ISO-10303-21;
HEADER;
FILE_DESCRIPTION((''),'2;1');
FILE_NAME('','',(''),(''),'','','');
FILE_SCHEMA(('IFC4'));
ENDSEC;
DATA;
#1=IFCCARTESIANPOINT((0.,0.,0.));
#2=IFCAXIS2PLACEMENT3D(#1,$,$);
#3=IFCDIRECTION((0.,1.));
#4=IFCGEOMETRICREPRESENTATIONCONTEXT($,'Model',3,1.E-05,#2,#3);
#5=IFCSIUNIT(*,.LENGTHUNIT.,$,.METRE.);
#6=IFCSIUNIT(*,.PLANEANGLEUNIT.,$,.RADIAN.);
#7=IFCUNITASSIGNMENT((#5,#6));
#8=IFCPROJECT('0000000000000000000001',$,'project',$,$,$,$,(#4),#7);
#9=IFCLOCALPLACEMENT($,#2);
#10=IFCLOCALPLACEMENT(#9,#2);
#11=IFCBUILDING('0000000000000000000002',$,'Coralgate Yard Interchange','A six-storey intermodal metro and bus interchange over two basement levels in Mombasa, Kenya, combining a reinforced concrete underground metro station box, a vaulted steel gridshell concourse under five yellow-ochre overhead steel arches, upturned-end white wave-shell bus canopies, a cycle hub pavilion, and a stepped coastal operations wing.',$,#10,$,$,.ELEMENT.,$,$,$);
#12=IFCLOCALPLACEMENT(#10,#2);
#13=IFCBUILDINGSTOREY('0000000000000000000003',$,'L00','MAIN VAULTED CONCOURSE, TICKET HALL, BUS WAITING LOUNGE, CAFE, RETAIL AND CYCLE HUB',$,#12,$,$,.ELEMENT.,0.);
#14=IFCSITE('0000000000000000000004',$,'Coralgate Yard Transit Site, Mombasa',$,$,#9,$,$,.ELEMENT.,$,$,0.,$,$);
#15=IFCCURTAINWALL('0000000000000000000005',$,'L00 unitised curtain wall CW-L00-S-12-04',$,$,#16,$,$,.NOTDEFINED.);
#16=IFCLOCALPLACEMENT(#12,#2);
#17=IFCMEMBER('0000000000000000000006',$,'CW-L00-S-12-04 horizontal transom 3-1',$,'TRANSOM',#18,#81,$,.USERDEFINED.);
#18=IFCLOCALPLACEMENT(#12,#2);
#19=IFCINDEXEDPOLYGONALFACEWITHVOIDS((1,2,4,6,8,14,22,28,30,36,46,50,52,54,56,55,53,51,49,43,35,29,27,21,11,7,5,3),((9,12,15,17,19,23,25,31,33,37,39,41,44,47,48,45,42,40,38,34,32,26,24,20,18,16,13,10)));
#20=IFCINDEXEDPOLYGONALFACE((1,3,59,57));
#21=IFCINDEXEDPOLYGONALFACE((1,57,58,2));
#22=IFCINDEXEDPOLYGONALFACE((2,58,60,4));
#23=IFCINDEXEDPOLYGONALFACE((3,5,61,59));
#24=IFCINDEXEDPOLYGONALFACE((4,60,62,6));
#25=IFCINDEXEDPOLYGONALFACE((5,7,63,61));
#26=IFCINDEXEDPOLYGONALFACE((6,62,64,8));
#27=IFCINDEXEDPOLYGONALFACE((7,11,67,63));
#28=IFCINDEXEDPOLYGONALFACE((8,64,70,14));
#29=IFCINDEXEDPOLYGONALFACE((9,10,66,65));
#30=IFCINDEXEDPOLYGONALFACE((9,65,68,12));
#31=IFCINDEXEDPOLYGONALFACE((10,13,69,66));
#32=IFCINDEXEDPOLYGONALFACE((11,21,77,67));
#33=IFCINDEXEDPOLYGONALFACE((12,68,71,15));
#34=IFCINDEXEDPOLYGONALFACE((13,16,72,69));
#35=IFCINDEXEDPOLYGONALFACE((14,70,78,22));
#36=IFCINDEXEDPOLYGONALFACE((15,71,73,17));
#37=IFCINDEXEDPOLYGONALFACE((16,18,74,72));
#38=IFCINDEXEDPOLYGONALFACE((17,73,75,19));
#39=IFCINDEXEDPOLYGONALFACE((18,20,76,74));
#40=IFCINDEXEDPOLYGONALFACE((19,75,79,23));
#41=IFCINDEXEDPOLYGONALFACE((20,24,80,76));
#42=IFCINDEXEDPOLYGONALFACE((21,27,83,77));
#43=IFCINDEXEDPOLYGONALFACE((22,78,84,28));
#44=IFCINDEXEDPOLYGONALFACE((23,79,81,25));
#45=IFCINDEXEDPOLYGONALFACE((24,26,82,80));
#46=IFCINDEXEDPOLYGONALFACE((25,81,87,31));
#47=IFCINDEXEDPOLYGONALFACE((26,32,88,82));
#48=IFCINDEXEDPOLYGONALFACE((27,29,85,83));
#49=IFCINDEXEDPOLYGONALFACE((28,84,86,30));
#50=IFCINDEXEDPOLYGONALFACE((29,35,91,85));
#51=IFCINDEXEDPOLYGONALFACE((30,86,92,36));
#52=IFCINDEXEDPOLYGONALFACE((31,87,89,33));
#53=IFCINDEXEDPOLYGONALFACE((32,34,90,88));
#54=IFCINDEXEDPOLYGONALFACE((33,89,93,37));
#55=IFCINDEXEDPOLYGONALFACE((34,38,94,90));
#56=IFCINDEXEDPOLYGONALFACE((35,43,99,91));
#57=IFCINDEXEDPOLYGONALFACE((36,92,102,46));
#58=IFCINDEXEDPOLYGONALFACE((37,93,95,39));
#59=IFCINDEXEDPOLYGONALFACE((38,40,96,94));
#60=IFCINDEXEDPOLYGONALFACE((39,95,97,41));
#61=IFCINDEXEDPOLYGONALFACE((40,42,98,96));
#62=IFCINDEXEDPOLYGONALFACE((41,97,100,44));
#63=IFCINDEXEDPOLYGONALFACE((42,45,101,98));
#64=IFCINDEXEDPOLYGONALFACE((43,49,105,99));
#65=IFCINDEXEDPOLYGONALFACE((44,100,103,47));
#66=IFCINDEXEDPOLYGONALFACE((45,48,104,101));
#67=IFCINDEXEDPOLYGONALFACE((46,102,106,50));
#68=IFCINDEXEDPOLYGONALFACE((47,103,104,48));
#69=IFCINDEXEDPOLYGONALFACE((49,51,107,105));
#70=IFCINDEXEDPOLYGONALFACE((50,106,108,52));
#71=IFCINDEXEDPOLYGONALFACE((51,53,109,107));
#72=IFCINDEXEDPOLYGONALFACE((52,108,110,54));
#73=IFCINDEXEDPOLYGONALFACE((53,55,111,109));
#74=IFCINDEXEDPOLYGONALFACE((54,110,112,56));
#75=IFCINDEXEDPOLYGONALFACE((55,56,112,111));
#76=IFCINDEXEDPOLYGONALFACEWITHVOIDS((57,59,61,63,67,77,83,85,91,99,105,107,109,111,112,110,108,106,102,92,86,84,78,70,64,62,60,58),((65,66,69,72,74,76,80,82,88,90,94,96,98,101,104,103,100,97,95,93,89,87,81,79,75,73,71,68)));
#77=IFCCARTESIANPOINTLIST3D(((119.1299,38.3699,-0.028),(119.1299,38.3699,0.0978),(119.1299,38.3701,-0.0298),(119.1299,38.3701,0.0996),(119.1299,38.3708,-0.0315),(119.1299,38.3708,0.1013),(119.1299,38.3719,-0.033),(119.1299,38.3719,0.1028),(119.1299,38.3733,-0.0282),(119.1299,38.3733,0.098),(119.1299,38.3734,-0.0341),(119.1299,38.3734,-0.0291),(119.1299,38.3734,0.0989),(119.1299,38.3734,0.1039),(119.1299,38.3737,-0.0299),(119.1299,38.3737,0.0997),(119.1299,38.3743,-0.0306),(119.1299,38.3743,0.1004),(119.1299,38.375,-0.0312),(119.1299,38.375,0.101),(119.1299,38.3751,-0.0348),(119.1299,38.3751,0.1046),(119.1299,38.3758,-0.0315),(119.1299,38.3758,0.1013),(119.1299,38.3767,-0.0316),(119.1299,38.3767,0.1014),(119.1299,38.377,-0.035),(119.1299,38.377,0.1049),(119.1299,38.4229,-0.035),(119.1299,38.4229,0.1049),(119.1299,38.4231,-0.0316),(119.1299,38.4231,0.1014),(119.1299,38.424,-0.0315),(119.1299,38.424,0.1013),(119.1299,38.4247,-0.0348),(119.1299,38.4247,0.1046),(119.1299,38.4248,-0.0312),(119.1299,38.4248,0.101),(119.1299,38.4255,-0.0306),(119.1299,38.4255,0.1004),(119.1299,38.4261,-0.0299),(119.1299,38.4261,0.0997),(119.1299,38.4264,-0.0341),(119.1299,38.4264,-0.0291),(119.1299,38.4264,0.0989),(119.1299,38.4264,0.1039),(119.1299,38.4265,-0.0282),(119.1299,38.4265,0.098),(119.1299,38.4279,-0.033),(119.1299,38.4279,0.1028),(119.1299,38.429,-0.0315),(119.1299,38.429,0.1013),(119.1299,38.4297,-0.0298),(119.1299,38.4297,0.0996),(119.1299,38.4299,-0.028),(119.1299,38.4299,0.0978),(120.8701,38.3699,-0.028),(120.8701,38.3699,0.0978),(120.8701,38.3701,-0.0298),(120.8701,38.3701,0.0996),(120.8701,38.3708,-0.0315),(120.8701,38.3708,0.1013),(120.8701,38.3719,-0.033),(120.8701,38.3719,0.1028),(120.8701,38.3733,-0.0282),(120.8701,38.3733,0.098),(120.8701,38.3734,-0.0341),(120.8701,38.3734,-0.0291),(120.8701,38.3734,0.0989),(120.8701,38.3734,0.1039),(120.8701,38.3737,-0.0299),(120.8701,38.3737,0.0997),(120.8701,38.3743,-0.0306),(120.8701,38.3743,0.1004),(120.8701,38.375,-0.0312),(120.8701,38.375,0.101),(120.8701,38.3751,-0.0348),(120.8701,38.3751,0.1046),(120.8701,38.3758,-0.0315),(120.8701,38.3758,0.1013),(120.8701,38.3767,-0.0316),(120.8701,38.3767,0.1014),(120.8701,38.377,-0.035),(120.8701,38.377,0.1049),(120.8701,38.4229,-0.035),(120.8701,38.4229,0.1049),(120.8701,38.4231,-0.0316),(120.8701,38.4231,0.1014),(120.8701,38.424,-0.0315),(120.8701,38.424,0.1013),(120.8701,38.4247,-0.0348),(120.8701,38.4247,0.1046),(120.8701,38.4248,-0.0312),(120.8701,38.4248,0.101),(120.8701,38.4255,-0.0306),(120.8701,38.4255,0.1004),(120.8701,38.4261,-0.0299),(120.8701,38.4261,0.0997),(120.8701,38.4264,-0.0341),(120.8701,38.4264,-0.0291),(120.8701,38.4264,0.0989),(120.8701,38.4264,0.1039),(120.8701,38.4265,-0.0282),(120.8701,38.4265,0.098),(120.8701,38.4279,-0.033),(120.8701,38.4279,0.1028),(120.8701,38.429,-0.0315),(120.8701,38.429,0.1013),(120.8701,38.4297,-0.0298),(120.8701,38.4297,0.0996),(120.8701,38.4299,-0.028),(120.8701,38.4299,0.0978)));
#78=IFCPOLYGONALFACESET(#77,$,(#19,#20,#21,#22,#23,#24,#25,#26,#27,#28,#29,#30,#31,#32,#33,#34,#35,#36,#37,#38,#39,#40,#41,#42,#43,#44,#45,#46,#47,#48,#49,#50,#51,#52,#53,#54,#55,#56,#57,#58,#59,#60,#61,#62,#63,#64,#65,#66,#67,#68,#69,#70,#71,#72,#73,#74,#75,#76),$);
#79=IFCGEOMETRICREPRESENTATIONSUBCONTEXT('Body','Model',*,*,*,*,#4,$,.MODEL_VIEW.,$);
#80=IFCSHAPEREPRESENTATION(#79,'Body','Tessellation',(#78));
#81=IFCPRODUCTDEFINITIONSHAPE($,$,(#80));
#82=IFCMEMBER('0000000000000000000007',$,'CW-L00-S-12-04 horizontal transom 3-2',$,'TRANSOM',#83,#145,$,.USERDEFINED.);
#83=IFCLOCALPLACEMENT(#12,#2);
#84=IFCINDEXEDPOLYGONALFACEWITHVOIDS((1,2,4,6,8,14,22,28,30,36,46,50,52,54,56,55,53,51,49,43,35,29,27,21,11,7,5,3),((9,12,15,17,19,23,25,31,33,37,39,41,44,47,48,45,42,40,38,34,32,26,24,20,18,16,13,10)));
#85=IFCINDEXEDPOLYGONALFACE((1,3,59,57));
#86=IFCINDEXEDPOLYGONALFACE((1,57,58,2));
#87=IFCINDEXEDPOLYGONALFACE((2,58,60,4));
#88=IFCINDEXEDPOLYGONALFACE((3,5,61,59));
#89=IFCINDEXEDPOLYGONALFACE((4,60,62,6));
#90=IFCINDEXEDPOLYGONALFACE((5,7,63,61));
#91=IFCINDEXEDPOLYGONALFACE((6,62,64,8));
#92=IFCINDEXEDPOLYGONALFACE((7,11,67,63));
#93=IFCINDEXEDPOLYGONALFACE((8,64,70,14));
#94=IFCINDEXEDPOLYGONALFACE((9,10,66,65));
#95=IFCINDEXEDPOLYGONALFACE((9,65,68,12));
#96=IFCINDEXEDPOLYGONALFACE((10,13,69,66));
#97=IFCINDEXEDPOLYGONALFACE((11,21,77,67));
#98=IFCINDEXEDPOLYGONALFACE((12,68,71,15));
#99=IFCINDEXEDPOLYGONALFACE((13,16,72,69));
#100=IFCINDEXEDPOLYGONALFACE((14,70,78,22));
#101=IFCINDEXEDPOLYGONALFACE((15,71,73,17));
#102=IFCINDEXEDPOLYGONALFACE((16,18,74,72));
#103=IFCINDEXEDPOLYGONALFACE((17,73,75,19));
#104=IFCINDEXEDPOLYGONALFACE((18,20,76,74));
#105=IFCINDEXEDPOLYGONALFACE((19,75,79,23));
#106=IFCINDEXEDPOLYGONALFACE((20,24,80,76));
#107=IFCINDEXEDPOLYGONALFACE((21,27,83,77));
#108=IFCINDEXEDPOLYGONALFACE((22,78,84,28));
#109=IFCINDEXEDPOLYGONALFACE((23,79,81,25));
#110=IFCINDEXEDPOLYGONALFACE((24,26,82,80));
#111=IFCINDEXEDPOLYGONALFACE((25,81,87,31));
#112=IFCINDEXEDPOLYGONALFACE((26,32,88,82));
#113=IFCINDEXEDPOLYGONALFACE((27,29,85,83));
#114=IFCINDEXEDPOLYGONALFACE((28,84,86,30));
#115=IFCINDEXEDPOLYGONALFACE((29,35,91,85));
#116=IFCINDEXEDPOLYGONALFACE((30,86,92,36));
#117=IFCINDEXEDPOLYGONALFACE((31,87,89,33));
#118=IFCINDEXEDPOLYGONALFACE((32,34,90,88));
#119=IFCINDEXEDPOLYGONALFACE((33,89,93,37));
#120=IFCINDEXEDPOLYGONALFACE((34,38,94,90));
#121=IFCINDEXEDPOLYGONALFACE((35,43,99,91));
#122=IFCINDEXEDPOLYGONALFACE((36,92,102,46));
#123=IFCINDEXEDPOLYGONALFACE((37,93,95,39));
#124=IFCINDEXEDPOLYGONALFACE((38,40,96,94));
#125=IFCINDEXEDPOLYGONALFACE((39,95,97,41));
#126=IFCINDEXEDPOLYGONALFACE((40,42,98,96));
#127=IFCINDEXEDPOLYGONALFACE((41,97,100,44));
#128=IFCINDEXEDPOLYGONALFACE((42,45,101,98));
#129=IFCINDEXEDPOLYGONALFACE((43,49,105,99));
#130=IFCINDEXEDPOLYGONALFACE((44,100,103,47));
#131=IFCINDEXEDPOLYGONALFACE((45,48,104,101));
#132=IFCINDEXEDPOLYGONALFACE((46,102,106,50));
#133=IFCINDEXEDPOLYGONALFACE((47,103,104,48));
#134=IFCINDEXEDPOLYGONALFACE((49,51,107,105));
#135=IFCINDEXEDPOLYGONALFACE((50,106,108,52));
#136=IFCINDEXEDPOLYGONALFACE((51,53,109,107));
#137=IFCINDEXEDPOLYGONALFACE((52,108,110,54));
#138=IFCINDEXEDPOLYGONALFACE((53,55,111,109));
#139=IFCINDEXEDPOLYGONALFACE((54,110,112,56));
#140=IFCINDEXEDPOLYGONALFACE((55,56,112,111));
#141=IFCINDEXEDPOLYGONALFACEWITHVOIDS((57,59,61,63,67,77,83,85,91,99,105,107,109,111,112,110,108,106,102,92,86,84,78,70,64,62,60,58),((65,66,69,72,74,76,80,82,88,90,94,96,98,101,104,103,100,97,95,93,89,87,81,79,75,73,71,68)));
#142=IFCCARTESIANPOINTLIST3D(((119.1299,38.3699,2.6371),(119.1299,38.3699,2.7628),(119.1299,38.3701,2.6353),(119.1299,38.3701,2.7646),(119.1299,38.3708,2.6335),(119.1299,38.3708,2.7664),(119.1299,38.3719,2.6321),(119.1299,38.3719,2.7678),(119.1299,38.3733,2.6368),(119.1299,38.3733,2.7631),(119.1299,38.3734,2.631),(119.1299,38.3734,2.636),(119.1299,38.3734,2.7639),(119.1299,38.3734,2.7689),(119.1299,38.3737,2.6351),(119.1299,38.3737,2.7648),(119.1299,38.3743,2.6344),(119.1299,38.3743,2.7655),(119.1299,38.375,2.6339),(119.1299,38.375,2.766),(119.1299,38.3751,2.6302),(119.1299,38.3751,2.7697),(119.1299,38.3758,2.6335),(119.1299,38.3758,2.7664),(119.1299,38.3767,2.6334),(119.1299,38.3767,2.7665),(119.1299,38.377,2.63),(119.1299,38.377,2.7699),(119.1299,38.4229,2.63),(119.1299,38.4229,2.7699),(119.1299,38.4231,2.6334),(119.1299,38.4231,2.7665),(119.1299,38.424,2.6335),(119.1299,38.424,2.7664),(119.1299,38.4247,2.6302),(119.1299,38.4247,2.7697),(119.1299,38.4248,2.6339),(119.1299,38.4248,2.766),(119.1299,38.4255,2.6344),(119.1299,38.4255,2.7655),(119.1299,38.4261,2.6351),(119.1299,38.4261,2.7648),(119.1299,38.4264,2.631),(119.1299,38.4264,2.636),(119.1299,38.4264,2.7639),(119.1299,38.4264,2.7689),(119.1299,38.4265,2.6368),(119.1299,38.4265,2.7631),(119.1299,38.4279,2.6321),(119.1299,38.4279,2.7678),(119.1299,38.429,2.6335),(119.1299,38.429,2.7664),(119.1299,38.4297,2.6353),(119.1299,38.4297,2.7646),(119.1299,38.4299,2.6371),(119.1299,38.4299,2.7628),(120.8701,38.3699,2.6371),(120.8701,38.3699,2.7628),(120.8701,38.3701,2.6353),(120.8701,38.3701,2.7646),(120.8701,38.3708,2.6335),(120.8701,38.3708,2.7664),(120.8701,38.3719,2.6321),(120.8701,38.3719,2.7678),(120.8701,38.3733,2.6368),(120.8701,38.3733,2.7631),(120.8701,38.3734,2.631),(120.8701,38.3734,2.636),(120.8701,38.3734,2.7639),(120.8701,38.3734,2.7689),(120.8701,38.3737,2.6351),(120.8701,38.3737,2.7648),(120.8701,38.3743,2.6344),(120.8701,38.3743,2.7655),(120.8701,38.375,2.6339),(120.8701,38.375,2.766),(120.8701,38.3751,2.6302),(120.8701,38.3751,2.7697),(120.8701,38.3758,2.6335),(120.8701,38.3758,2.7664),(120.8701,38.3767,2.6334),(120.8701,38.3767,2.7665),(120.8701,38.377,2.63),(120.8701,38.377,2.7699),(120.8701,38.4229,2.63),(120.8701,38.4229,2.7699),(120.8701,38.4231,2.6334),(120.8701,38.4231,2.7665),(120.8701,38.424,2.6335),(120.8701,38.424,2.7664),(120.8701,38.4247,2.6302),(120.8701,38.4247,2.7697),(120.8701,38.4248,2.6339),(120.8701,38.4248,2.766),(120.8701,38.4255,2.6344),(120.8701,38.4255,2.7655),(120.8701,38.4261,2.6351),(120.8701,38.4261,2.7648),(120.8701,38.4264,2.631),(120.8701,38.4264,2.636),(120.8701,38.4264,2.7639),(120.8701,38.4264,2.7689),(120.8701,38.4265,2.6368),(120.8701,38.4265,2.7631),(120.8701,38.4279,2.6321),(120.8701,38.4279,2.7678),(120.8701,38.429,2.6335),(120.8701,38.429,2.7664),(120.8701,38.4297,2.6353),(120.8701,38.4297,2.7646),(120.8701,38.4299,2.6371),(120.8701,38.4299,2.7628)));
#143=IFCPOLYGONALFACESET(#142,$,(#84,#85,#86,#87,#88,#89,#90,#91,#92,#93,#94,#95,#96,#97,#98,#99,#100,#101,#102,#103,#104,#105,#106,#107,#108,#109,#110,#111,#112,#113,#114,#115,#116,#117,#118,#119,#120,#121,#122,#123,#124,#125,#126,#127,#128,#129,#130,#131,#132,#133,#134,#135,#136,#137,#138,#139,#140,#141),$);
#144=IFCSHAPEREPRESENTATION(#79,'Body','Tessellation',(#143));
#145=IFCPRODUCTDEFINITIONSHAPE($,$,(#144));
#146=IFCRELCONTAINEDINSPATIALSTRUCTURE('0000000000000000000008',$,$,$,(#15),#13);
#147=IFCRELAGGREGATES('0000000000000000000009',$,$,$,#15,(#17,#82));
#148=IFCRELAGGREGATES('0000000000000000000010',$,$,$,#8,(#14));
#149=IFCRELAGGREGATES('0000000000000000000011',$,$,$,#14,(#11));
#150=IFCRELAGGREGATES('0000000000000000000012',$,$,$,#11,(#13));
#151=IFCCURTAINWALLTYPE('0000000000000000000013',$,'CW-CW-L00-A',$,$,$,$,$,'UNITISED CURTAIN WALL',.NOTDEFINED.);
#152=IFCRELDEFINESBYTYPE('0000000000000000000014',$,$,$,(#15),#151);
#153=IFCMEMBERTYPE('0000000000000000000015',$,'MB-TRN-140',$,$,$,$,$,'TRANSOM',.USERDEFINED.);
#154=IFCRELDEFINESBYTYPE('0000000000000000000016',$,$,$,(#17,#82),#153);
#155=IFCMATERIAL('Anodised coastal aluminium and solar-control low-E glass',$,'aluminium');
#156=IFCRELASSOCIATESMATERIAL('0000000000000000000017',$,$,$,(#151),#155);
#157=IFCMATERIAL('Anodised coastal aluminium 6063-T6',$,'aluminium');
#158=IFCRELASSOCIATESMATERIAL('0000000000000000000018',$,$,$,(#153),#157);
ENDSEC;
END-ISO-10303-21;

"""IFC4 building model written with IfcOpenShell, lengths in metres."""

from ifc_helpers import new_model, si_unit, direction, frame, origin, origin_2d, place, context, subcontext, project, spatial, hollow_rectangle, extrude, material, material_profile, profile_set, type_object, element, aggregate, save


model = new_model("IFC4")

# Units and contexts
model_context = context("Model", 3, precision=1e-05, world=origin(), true_north=direction((0.0, 1.0)))
body_context = subcontext(model_context, "Body", "Model", "MODEL_VIEW")
ifc_project = project(units=[si_unit("LENGTHUNIT", "METRE"), si_unit("PLANEANGLEUNIT", "RADIAN")], contexts=[model_context])

# Site, building, storey
site_placement = place(None, origin())
site = spatial("IfcSite", under=ifc_project, at=site_placement, Name="Coralgate Yard Transit Site, Mombasa", CompositionType="ELEMENT", RefElevation=0.0)
building_placement = place(site_placement, origin())
building = spatial("IfcBuilding", under=site, at=building_placement, Name="Coralgate Yard Interchange", Description="A six-storey intermodal metro and bus interchange over two basement levels in Mombasa, Kenya, combining a reinforced concrete underground metro station box, a vaulted steel gridshell concourse under five yellow-ochre overhead steel arches, upturned-end white wave-shell bus canopies, a cycle hub pavilion, and a stepped coastal operations wing.", CompositionType="ELEMENT")
storey_placement = place(building_placement, origin())
storey = spatial("IfcBuildingStorey", under=building, at=storey_placement, Name="L00", Description="MAIN VAULTED CONCOURSE, TICKET HALL, BUS WAITING LOUNGE, CAFE, RETAIL AND CYCLE HUB", CompositionType="ELEMENT", Elevation=0.0)

# Curtain wall, members
ifc_material_1 = material(Name="Anodised coastal aluminium and solar-control low-E glass", Category="aluminium")
curtain_wall_type = type_object("IfcCurtainWallType", Name="CW-CW-L00-A", ElementType="UNITISED CURTAIN WALL", PredefinedType="NOTDEFINED", material=ifc_material_1)
curtain_wall_placement = place(storey_placement, origin())
curtain_wall = element("IfcCurtainWall", 1, at=curtain_wall_placement, inside=storey, type_object=curtain_wall_type, Name="L00 unitised curtain wall CW-L00-S-12-04", PredefinedType="NOTDEFINED")
ifc_material_2 = material(Name="Anodised coastal aluminium 6063-T6", Category="aluminium")
ifc_material_profile_1 = material_profile(ifc_material_2, hollow_rectangle(XDim=0.0601, YDim=0.1399, WallThickness=0.0034, InnerFilletRadius=0.0034, OuterFilletRadius=0.0071, at=origin_2d()), Name="ALU 60x140x3.5")
ifc_profile_set_1 = profile_set([ifc_material_profile_1], Name="Anodised coastal aluminium 6063-T6")
member_type_1 = type_object("IfcMemberType", Name="MB-TRN-140", ElementType="TRANSOM", PredefinedType="USERDEFINED", material=ifc_profile_set_1)
member_1_placement = place(storey_placement, frame((120.8701, 38.3999, 0.0349), z_axis=(-1.0, 0.0, 0.0), x_axis=(0.0, -1.0, 0.0)))
member_1 = element("IfcMember", 2, at=member_1_placement, type_object=member_type_1, Name="CW-L00-S-12-04 horizontal transom 3-1", ObjectType="TRANSOM", PredefinedType="USERDEFINED", context=body_context, shape_type="SweptSolid", body=[
    extrude(hollow_rectangle(XDim=0.0601, YDim=0.1399, WallThickness=0.0034, InnerFilletRadius=0.0034, OuterFilletRadius=0.0071, at=origin_2d()), origin(), (0.0, 0.0, 1.0), 1.7402),
])
member_2_placement = place(storey_placement, frame((120.8701, 38.3999, 2.7), z_axis=(-1.0, 0.0, 0.0), x_axis=(0.0, -1.0, 0.0)))
member_2 = element("IfcMember", 3, at=member_2_placement, type_object=member_type_1, Name="CW-L00-S-12-04 horizontal transom 3-2", ObjectType="TRANSOM", PredefinedType="USERDEFINED", context=body_context, shape_type="SweptSolid", body=[
    extrude(hollow_rectangle(XDim=0.0601, YDim=0.1399, WallThickness=0.0034, InnerFilletRadius=0.0034, OuterFilletRadius=0.0071, at=origin_2d()), origin(), (0.0, 0.0, 1.0), 1.7402),
])
aggregate(curtain_wall, [member_1, member_2])

save(model, "model.ifc")
